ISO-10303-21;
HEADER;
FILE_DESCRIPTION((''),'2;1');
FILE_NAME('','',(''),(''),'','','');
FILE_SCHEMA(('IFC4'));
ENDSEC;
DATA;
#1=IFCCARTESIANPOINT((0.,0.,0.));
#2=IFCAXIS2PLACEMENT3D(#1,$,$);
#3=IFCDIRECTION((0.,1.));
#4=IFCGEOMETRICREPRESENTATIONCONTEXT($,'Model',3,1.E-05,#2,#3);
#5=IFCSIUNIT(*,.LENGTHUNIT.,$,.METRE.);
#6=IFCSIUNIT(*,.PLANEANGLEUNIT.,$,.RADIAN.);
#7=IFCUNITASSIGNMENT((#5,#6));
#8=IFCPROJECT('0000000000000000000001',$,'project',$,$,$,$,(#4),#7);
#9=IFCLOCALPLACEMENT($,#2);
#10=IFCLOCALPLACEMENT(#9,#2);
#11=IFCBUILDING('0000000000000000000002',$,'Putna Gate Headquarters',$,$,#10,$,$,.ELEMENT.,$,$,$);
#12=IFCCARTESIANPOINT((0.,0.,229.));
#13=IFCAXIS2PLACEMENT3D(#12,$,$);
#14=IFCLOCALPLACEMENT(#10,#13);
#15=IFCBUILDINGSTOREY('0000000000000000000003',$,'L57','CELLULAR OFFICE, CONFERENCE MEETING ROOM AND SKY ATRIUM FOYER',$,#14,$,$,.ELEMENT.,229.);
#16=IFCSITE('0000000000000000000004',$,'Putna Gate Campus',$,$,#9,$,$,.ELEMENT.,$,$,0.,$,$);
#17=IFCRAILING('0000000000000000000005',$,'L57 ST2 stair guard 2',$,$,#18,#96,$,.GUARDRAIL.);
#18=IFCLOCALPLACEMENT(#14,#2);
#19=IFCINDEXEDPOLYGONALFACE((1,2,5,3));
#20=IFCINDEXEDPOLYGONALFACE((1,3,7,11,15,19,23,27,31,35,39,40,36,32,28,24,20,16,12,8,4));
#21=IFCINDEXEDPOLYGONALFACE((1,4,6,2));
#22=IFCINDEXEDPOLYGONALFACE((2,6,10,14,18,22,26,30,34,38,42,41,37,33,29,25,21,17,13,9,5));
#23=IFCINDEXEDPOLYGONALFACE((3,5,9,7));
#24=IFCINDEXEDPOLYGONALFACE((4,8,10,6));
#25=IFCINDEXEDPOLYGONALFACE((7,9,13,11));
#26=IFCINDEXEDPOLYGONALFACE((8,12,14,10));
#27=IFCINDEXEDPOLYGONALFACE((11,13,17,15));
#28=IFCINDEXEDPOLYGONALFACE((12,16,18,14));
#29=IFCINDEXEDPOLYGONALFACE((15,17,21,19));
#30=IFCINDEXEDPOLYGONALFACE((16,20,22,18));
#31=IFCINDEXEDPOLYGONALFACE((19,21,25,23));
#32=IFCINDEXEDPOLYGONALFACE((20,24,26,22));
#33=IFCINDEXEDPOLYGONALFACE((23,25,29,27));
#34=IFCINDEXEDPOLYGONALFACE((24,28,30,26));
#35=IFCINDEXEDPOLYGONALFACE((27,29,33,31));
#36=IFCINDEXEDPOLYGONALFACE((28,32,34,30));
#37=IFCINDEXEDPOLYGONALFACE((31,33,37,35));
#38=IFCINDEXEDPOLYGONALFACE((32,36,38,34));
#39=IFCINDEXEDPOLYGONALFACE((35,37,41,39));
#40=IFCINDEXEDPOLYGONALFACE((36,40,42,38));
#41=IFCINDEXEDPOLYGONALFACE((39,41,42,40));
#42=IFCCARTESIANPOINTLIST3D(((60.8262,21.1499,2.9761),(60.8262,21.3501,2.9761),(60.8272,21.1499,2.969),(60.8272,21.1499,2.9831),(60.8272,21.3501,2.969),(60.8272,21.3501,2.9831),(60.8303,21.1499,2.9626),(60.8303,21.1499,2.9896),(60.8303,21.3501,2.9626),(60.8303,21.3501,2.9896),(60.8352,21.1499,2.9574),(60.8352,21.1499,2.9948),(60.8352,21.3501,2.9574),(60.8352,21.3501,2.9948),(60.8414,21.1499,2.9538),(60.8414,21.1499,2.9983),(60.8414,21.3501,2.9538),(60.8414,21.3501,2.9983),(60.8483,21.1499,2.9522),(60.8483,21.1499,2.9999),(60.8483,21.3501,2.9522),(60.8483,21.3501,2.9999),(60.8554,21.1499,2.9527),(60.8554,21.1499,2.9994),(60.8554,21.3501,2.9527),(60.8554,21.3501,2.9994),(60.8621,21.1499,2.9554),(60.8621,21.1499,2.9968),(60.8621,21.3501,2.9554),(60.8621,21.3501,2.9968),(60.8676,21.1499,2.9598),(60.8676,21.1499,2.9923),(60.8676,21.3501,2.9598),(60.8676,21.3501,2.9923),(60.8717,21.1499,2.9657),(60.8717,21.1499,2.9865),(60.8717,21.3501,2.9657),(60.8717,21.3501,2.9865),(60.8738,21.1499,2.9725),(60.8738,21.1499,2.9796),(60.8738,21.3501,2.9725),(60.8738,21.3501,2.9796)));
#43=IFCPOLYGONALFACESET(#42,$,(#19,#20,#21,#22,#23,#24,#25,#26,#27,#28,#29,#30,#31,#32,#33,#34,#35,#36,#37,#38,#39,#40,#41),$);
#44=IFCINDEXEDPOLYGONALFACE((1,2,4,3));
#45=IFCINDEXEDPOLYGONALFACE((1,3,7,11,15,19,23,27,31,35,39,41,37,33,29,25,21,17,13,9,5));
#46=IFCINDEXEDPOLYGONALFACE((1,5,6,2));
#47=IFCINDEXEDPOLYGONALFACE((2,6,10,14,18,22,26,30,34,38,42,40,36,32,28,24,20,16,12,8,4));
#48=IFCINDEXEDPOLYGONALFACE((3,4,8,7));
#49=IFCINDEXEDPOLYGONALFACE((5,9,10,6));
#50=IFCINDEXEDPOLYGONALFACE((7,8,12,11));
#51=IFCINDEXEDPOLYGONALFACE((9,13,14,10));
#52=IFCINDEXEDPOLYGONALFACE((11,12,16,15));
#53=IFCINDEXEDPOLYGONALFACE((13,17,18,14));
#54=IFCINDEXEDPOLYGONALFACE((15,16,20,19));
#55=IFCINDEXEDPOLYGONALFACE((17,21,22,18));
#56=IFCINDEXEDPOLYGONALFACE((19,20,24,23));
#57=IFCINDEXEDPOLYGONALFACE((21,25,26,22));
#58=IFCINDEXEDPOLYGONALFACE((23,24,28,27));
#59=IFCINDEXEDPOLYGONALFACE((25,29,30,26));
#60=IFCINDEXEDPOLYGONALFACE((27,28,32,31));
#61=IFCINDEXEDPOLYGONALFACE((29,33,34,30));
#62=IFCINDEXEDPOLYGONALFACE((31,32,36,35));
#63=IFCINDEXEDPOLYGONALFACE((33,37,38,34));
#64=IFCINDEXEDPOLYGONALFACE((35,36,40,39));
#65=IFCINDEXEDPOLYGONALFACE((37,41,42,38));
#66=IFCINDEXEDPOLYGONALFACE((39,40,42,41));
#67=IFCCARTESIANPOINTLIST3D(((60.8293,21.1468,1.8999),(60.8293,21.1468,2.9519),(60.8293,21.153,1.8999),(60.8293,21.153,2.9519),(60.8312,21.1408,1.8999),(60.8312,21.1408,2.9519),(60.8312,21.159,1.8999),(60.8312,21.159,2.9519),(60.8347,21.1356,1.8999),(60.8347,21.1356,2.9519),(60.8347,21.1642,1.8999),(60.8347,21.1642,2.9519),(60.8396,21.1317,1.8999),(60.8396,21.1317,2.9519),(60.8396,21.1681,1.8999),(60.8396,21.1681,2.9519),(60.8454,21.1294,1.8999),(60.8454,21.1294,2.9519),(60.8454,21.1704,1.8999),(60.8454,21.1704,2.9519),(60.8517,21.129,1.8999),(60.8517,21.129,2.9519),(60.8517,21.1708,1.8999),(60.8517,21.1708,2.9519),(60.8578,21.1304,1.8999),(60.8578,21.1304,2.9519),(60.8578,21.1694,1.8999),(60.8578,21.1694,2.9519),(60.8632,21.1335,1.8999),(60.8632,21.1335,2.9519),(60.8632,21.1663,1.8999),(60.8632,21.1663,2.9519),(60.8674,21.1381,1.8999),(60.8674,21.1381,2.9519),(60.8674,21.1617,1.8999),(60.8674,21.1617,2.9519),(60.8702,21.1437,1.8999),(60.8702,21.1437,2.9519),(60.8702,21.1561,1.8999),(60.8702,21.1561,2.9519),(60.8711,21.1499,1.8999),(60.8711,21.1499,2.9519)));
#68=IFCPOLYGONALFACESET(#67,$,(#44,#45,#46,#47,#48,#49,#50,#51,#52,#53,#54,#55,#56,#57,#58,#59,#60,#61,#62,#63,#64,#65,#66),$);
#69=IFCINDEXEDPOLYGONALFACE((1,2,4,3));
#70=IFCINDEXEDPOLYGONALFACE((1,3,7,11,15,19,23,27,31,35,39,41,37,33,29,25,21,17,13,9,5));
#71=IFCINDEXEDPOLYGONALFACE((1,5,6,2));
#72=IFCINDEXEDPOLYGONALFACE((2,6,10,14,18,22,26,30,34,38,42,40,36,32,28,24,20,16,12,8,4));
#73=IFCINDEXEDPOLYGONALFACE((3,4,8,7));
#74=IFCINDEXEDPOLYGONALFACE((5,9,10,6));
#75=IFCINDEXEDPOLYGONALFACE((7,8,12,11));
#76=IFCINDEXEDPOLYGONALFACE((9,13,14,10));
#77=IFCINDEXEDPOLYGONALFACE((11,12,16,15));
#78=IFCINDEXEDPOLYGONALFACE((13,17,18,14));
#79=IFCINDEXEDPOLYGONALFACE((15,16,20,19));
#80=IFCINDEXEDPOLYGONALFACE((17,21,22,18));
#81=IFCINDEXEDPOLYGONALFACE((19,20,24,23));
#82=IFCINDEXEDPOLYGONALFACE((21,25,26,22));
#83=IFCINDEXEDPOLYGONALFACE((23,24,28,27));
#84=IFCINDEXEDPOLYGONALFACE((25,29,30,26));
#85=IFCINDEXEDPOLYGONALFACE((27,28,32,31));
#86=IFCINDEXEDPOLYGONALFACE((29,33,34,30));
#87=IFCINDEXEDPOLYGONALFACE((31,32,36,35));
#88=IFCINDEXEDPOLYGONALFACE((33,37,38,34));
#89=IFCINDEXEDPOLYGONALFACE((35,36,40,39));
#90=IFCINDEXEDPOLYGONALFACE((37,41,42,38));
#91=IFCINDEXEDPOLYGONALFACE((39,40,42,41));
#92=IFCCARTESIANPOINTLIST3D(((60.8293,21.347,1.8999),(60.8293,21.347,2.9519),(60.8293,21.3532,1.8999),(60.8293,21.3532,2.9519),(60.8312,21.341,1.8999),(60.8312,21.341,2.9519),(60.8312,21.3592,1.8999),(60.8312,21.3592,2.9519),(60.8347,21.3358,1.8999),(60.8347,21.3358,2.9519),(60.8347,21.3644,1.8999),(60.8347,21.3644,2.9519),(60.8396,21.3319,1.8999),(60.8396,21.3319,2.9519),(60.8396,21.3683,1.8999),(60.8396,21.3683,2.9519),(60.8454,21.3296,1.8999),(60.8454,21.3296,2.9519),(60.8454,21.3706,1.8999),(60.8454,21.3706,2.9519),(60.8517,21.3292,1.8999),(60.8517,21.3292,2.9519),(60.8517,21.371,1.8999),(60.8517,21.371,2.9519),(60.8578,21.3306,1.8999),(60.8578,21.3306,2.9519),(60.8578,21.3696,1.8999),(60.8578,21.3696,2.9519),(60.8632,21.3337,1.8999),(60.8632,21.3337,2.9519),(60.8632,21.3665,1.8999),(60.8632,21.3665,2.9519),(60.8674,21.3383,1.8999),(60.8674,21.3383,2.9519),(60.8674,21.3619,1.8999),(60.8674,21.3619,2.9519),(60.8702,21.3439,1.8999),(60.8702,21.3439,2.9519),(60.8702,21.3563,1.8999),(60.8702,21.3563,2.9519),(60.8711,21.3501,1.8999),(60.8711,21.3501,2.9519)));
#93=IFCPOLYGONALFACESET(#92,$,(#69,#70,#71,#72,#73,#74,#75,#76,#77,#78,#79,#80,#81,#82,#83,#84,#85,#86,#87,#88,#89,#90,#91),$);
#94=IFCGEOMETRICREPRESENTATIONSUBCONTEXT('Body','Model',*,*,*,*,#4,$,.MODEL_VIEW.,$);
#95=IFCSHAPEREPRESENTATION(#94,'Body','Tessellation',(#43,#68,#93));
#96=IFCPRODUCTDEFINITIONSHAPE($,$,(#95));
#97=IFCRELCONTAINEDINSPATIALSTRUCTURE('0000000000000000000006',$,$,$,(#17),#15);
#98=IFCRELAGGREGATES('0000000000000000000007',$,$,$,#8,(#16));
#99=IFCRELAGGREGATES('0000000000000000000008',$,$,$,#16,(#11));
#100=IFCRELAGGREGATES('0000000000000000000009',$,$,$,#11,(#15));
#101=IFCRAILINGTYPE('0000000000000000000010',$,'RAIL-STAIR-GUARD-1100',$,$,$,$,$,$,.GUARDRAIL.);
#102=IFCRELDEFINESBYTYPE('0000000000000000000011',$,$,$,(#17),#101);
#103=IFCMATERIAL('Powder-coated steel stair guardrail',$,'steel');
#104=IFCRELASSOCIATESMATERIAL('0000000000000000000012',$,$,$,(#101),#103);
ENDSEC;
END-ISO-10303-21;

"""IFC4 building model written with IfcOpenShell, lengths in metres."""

from ifc_helpers import new_model, si_unit, direction, frame, origin, origin_2d, place, context, subcontext, project, spatial, circle, extrude, material, type_object, element, save


model = new_model("IFC4")

# Units and contexts
model_context = context("Model", 3, precision=1e-05, world=origin(), true_north=direction((0.0, 1.0)))
body_context = subcontext(model_context, "Body", "Model", "MODEL_VIEW")
ifc_project = project(units=[si_unit("LENGTHUNIT", "METRE"), si_unit("PLANEANGLEUNIT", "RADIAN")], contexts=[model_context])

# Site, building, storey
site_placement = place(None, origin())
site = spatial("IfcSite", under=ifc_project, at=site_placement, Name="Putna Gate Campus", CompositionType="ELEMENT", RefElevation=0.0)
building_placement = place(site_placement, origin())
building = spatial("IfcBuilding", under=site, at=building_placement, Name="Putna Gate Headquarters", CompositionType="ELEMENT")
storey_placement = place(building_placement, frame((0.0, 0.0, 229.0)))
storey = spatial("IfcBuildingStorey", under=building, at=storey_placement, Name="L57", Description="CELLULAR OFFICE, CONFERENCE MEETING ROOM AND SKY ATRIUM FOYER", CompositionType="ELEMENT", Elevation=229.0)

# Railing
ifc_material_1 = material(Name="Powder-coated steel stair guardrail", Category="steel")
railing_type_1 = type_object("IfcRailingType", Name="RAIL-STAIR-GUARD-1100", PredefinedType="GUARDRAIL", material=ifc_material_1)
railing_1_placement = place(storey_placement, frame((60.8501, 21.1499, 1.8999)))
element("IfcRailing", 1, at=railing_1_placement, inside=storey, type_object=railing_type_1, Name="L57 ST2 stair guard 2", PredefinedType="GUARDRAIL", context=body_context, shape_type="SweptSolid", body=[
    extrude(circle(Radius=0.0239, at=origin_2d()), frame((0.0, 0.0, 1.0762), z_axis=(0.0, 1.0, 0.0), x_axis=(-1.0, 0.0, 0.0)), (0.0, 0.0, 1.0), 0.2002),
    extrude(circle(Radius=0.021, at=origin_2d()), origin(), (0.0, 0.0, 1.0), 1.052),
    extrude(circle(Radius=0.021, at=origin_2d()), frame((0.0, 0.2002, 0.0)), (0.0, 0.0, 1.0), 1.052),
])

save(model, "model.ifc")
